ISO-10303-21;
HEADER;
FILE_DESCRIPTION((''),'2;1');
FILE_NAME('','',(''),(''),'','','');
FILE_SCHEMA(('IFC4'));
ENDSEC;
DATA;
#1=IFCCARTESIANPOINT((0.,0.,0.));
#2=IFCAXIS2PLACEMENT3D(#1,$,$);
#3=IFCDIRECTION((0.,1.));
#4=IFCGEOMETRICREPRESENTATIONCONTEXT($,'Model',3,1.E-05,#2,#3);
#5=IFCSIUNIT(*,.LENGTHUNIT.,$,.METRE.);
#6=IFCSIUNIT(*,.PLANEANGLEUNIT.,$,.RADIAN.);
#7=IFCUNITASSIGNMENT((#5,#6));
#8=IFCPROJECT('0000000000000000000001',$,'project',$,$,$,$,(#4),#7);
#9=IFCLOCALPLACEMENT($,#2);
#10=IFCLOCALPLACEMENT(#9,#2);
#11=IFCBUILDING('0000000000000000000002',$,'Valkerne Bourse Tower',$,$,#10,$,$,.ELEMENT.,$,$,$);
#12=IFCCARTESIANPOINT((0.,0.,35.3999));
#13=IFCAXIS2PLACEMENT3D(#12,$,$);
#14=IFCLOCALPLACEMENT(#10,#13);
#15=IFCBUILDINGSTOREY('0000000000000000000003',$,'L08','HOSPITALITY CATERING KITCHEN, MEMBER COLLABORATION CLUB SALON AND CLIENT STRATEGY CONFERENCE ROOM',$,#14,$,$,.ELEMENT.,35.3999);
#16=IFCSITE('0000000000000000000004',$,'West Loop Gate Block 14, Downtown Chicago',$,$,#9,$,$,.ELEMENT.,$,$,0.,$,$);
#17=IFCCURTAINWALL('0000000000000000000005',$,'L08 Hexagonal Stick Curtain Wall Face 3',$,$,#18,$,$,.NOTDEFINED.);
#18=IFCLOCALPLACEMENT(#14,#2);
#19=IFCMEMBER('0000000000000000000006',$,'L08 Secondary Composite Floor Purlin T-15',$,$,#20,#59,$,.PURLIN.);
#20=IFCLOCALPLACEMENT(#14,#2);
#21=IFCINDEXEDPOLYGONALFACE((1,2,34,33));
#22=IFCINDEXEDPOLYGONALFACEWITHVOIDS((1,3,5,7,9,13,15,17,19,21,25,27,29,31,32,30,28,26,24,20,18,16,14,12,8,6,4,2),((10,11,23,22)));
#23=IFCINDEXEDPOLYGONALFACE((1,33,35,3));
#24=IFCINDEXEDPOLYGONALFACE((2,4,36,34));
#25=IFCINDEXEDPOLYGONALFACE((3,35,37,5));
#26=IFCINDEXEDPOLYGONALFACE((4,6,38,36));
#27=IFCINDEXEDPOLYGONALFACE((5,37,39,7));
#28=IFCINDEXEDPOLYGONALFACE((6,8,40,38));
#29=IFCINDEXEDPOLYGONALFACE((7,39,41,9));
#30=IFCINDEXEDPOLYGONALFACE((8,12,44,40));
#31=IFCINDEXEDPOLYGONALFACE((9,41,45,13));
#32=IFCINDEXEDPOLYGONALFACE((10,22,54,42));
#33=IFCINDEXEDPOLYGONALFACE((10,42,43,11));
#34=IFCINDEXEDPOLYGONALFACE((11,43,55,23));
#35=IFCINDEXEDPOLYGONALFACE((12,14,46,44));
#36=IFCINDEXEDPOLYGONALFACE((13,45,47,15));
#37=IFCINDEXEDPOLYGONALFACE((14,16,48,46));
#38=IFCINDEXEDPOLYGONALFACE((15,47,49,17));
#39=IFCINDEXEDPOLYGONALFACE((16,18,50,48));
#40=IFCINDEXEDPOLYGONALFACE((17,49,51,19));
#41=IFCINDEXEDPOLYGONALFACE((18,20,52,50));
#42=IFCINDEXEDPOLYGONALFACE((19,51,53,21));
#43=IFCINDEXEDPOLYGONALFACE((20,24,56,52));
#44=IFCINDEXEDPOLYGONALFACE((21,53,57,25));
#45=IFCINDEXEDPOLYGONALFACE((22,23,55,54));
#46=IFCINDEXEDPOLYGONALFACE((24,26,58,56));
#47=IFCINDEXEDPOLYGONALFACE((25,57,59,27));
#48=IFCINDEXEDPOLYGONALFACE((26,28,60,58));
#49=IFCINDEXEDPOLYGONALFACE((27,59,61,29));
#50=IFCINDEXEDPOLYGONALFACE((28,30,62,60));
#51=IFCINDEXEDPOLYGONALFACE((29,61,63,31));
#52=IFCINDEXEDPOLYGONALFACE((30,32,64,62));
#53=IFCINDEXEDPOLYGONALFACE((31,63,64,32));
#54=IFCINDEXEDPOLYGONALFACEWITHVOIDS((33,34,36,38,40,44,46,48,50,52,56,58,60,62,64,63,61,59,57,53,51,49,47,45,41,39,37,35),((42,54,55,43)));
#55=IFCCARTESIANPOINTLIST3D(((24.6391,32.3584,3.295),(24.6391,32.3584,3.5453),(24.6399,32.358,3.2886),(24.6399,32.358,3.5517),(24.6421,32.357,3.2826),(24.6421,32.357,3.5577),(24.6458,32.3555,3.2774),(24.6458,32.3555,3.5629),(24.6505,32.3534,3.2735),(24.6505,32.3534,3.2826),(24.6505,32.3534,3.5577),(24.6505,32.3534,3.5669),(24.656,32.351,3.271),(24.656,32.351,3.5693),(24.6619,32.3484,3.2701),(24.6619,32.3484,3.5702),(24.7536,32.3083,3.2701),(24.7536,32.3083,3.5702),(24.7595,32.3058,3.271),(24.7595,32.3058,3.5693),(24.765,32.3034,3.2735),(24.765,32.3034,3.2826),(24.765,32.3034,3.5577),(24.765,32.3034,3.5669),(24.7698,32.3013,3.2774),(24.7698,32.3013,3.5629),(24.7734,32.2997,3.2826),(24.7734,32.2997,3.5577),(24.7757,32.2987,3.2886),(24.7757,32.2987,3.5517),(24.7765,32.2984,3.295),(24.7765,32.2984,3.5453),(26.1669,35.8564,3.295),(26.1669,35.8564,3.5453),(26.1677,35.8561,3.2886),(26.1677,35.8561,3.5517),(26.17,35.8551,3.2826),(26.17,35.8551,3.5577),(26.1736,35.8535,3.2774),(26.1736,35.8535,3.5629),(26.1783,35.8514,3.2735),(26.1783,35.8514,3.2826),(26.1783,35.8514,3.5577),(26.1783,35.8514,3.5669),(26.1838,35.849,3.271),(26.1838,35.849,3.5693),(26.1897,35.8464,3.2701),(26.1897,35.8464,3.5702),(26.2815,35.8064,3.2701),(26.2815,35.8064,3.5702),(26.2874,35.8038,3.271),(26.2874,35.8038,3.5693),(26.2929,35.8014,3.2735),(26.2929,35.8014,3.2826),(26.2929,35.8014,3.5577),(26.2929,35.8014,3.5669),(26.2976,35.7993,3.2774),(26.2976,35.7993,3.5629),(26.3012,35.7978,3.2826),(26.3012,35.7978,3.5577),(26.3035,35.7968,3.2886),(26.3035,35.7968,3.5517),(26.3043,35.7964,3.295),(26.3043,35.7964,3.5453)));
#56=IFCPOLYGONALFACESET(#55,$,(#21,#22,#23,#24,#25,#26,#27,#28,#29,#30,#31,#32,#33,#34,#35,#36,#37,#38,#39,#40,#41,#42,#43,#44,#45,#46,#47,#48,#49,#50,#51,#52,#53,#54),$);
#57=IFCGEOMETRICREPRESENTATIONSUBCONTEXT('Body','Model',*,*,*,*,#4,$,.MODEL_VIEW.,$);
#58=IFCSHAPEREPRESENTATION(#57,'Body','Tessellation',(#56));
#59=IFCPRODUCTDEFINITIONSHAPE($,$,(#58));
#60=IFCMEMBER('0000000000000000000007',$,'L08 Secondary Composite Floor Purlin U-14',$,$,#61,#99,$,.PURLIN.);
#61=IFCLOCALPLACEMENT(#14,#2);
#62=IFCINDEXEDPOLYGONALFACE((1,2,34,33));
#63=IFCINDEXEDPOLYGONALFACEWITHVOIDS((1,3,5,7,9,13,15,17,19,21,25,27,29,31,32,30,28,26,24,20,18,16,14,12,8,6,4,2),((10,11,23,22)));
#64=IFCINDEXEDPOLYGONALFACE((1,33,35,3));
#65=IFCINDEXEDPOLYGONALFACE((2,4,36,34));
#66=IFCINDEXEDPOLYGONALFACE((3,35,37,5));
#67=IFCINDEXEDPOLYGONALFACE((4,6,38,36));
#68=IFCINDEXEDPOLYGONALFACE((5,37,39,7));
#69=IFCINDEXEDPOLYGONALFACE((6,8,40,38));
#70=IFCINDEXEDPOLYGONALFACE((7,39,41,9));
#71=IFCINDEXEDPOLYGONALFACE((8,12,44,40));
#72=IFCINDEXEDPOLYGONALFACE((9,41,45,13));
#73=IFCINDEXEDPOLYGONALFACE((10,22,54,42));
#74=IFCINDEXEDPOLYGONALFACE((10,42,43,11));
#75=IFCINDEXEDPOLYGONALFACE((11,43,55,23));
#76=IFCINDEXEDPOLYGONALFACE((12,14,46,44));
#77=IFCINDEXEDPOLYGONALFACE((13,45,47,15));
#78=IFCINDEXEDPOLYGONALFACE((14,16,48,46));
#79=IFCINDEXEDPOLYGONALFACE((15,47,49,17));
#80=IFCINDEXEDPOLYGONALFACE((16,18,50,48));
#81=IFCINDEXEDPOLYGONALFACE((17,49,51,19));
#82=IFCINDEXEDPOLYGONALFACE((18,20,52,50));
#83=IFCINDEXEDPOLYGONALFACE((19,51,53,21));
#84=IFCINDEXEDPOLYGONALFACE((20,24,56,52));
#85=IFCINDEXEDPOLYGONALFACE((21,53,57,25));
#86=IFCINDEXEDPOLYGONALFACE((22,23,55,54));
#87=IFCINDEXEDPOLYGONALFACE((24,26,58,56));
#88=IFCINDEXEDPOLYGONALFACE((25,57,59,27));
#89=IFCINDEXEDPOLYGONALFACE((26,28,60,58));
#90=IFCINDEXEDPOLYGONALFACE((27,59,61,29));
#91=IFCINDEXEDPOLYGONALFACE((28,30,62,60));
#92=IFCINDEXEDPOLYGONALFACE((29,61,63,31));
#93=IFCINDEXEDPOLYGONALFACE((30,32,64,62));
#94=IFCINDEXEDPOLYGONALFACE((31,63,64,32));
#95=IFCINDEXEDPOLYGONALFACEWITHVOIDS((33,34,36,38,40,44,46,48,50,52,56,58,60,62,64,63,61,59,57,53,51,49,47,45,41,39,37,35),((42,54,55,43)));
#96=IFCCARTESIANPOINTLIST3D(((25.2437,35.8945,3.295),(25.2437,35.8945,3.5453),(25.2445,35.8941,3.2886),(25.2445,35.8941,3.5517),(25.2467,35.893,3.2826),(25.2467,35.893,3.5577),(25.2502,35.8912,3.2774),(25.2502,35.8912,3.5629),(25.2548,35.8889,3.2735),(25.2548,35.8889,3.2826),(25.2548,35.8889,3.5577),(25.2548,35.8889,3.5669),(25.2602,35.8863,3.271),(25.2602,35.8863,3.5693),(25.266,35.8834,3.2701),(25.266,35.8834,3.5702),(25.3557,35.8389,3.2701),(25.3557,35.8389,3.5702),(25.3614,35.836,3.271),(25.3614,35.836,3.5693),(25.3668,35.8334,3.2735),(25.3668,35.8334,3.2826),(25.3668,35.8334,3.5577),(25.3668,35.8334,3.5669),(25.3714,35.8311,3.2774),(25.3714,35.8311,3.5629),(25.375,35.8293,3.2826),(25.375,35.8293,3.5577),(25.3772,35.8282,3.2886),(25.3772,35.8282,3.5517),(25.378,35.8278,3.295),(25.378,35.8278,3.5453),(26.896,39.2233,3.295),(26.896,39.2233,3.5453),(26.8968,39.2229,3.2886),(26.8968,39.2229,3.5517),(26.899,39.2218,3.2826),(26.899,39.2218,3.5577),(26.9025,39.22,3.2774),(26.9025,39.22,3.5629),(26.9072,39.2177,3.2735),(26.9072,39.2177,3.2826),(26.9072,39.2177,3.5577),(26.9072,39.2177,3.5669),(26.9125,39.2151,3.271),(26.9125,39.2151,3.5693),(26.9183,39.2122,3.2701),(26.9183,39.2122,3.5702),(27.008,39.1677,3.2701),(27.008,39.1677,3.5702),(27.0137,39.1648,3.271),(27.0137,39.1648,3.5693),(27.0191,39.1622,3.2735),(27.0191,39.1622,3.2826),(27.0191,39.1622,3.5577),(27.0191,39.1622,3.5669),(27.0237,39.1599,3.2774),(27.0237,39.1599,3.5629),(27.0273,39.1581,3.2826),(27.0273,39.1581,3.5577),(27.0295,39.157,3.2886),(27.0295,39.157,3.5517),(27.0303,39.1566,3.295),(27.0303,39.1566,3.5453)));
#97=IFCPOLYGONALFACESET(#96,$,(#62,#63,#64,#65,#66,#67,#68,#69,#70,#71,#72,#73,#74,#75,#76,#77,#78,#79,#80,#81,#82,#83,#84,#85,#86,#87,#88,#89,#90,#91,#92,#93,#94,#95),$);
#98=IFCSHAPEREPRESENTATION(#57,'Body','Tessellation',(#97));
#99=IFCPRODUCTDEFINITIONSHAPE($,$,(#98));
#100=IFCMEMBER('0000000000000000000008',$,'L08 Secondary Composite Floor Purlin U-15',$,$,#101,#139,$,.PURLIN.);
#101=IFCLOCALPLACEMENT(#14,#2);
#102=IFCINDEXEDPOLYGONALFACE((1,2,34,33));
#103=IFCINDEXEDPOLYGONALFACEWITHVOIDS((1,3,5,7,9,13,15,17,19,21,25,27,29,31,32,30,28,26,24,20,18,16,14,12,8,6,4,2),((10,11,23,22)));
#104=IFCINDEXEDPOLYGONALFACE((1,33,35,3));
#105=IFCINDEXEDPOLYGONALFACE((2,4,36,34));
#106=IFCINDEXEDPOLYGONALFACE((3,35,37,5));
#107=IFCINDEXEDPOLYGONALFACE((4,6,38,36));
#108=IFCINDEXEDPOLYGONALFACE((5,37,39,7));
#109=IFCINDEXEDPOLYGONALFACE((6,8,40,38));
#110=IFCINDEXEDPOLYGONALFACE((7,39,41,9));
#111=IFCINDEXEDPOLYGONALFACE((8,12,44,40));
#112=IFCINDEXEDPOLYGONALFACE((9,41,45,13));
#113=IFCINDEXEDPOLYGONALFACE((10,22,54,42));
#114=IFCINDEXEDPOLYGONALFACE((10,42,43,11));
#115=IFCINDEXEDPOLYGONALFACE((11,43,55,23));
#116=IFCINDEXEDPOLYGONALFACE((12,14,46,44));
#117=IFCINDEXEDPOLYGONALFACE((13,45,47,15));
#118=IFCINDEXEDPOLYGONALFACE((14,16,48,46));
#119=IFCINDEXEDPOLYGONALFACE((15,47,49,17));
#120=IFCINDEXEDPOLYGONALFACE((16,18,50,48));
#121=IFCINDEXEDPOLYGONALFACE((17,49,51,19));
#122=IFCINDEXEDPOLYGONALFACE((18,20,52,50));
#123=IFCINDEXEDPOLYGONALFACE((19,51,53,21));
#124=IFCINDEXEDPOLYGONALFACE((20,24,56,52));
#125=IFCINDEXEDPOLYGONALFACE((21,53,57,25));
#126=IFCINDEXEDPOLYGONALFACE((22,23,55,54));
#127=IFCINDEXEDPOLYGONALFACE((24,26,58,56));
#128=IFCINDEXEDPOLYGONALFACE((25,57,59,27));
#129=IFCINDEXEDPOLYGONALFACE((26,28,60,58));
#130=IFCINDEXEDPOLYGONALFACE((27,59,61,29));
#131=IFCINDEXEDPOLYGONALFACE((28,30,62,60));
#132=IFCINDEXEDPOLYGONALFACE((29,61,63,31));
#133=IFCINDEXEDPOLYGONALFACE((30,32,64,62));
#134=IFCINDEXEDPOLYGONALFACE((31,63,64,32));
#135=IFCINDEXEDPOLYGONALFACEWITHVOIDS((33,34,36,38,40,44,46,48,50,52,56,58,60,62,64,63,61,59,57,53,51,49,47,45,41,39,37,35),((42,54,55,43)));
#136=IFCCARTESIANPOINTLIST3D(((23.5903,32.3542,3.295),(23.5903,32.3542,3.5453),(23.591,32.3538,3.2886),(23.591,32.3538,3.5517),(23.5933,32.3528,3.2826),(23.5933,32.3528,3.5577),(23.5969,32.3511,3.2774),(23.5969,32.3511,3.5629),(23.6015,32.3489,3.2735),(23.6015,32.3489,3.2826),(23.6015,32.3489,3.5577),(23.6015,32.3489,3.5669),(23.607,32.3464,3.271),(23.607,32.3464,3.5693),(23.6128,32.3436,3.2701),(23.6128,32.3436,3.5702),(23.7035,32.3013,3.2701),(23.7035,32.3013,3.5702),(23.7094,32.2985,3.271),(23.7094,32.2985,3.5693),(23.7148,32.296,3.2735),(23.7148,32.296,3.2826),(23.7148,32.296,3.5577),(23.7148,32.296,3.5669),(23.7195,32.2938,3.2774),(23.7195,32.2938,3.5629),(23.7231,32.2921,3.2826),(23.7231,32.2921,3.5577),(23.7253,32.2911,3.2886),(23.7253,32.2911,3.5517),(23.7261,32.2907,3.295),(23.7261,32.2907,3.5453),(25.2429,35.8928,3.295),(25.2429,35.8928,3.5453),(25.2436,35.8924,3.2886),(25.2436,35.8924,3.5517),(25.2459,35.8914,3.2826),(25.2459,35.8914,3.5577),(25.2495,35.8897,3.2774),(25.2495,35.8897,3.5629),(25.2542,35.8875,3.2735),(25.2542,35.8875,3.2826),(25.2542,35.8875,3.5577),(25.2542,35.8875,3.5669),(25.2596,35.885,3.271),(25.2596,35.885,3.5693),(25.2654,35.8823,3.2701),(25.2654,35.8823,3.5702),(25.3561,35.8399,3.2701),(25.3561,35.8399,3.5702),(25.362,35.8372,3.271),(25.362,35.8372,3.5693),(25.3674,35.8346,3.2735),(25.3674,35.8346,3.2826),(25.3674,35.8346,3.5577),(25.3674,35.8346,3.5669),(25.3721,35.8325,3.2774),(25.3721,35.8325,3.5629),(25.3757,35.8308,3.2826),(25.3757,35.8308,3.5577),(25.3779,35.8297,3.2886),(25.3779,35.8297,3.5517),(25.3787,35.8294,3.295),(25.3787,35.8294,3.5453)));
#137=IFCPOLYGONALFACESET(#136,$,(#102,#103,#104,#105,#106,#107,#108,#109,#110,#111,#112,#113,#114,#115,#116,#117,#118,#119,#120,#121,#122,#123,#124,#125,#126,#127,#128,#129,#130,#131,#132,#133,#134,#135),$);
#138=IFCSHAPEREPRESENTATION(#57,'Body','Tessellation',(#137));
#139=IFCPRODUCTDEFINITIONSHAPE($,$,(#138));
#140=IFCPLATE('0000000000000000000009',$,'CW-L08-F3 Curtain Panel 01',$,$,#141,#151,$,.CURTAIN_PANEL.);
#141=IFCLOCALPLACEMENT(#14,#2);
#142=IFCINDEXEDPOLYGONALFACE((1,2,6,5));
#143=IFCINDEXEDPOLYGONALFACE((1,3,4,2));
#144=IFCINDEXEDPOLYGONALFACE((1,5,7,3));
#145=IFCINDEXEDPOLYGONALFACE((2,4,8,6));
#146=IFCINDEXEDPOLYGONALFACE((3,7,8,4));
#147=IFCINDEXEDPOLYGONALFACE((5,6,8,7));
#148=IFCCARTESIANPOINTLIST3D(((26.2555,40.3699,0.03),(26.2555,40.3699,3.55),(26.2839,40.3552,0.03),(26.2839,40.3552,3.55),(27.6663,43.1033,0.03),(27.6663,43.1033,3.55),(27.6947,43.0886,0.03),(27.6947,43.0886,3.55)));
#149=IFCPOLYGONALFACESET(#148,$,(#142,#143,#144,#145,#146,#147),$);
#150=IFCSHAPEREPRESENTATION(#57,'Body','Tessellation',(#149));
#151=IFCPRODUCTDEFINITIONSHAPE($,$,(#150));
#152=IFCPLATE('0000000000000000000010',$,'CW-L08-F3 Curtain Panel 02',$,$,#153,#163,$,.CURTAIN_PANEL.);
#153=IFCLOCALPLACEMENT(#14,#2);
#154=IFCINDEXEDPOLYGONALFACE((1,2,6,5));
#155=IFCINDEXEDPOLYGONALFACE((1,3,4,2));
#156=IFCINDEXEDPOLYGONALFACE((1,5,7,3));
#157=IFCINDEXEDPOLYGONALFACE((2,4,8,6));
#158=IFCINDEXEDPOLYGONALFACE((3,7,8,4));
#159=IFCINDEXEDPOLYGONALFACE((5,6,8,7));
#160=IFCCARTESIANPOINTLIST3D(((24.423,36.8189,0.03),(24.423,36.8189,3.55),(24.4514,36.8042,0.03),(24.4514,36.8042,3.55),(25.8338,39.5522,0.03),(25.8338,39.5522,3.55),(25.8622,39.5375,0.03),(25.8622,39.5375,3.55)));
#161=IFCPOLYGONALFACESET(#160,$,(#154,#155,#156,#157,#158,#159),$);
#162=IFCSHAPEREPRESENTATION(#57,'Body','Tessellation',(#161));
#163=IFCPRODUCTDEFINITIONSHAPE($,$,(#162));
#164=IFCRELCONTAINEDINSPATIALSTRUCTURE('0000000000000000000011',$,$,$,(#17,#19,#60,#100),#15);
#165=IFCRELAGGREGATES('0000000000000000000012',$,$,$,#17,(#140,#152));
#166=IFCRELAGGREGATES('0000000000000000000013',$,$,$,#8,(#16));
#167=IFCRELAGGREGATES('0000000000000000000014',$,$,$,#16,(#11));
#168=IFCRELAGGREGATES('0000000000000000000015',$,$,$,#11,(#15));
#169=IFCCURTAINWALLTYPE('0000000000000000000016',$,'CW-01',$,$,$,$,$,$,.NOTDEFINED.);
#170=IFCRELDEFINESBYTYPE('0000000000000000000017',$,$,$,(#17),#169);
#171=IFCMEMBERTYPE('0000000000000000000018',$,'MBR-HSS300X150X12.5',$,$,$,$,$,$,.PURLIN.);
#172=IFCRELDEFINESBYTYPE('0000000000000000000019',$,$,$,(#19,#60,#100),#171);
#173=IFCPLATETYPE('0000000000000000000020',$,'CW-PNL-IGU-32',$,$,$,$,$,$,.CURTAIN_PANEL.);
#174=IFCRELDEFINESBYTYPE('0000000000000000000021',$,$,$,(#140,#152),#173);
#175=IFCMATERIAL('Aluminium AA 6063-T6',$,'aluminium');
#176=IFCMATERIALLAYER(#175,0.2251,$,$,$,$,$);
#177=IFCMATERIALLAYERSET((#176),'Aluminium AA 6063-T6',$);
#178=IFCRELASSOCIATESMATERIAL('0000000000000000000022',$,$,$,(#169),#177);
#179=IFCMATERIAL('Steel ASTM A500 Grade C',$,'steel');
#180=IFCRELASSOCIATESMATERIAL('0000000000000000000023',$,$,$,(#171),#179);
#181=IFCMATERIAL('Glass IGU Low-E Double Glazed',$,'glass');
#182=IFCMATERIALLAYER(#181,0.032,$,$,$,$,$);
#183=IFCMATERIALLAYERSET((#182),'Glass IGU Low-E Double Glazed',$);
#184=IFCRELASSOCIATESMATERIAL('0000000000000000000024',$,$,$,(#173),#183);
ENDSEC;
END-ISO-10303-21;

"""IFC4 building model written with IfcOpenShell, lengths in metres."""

from ifc_helpers import new_model, si_unit, direction, frame, origin, origin_2d, place, context, subcontext, project, spatial, rectangle, hollow_rectangle, extrude, material, layer, layer_set, material_profile, profile_set, type_object, element, aggregate, save


model = new_model("IFC4")

# Units and contexts
model_context = context("Model", 3, precision=1e-05, world=origin(), true_north=direction((0.0, 1.0)))
body_context = subcontext(model_context, "Body", "Model", "MODEL_VIEW")
ifc_project = project(units=[si_unit("LENGTHUNIT", "METRE"), si_unit("PLANEANGLEUNIT", "RADIAN")], contexts=[model_context])

# Site, building, storey
site_placement = place(None, origin())
site = spatial("IfcSite", under=ifc_project, at=site_placement, Name="West Loop Gate Block 14, Downtown Chicago", CompositionType="ELEMENT", RefElevation=0.0)
building_placement = place(site_placement, origin())
building = spatial("IfcBuilding", under=site, at=building_placement, Name="Valkerne Bourse Tower", CompositionType="ELEMENT")
storey_placement = place(building_placement, frame((0.0, 0.0, 35.3999)))
storey = spatial("IfcBuildingStorey", under=building, at=storey_placement, Name="L08", Description="HOSPITALITY CATERING KITCHEN, MEMBER COLLABORATION CLUB SALON AND CLIENT STRATEGY CONFERENCE ROOM", CompositionType="ELEMENT", Elevation=35.3999)

# Curtain wall
ifc_material_1 = material(Name="Aluminium AA 6063-T6", Category="aluminium")
ifc_layer_1 = layer(ifc_material_1, 0.2251)
ifc_layer_set_1 = layer_set([ifc_layer_1], Name="Aluminium AA 6063-T6")
curtain_wall_type = type_object("IfcCurtainWallType", Name="CW-01", PredefinedType="NOTDEFINED", material=ifc_layer_set_1)
curtain_wall_placement = place(storey_placement, origin())
curtain_wall = element("IfcCurtainWall", 1, at=curtain_wall_placement, inside=storey, type_object=curtain_wall_type, Name="L08 Hexagonal Stick Curtain Wall Face 3", PredefinedType="NOTDEFINED")

# Members
ifc_material_2 = material(Name="Steel ASTM A500 Grade C", Category="steel")
ifc_material_profile_1 = material_profile(ifc_material_2, hollow_rectangle(XDim=0.1499, YDim=0.3, WallThickness=0.0125, OuterFilletRadius=0.0249, at=origin_2d()), Name="HSS300X150X12.5")
ifc_profile_set_1 = profile_set([ifc_material_profile_1], Name="Steel ASTM A500 Grade C")
member_type_1 = type_object("IfcMemberType", Name="MBR-HSS300X150X12.5", PredefinedType="PURLIN", material=ifc_profile_set_1)
member_1_placement = place(storey_placement, frame((26.2356, 35.8264, 3.4202), z_axis=(-0.400255, -0.916404, 0.0), x_axis=(0.916404, -0.400255, 0.0)))
element("IfcMember", 2, at=member_1_placement, inside=storey, type_object=member_type_1, Name="L08 Secondary Composite Floor Purlin T-15", PredefinedType="PURLIN", context=body_context, shape_type="SweptSolid", body=[
    extrude(hollow_rectangle(XDim=0.1499, YDim=0.3, WallThickness=0.0125, OuterFilletRadius=0.0249, at=origin_2d()), origin(), (0.0, 0.0, 1.0), 3.8171),
])
member_2_placement = place(storey_placement, frame((26.9631, 39.1899, 3.4202), z_axis=(-0.44461, -0.895724, 0.0), x_axis=(0.895724, -0.44461, 0.0)))
element("IfcMember", 3, at=member_2_placement, inside=storey, type_object=member_type_1, Name="L08 Secondary Composite Floor Purlin U-14", PredefinedType="PURLIN", context=body_context, shape_type="SweptSolid", body=[
    extrude(hollow_rectangle(XDim=0.1499, YDim=0.3, WallThickness=0.0125, OuterFilletRadius=0.0249, at=origin_2d()), origin(), (0.0, 0.0, 1.0), 3.7163),
])
member_3_placement = place(storey_placement, frame((25.3108, 35.8611, 3.4202), z_axis=(-0.423149, -0.90606, 0.0), x_axis=(0.90606, -0.423149, 0.0)))
element("IfcMember", 4, at=member_3_placement, inside=storey, type_object=member_type_1, Name="L08 Secondary Composite Floor Purlin U-15", PredefinedType="PURLIN", context=body_context, shape_type="SweptSolid", body=[
    extrude(hollow_rectangle(XDim=0.1499, YDim=0.3, WallThickness=0.0125, OuterFilletRadius=0.0249, at=origin_2d()), origin(), (0.0, 0.0, 1.0), 3.9055),
])

# Plates
ifc_material_3 = material(Name="Glass IGU Low-E Double Glazed", Category="glass")
ifc_layer_2 = layer(ifc_material_3, 0.032)
ifc_layer_set_2 = layer_set([ifc_layer_2], Name="Glass IGU Low-E Double Glazed")
plate_type = type_object("IfcPlateType", Name="CW-PNL-IGU-32", PredefinedType="CURTAIN_PANEL", material=ifc_layer_set_2)
plate_1_placement = place(storey_placement, frame((26.9751, 41.7292, 0.03), z_axis=(0.0, 0.0, 1.0), x_axis=(-0.458638, -0.888623, 0.0)))
plate_1 = element("IfcPlate", 5, at=plate_1_placement, type_object=plate_type, Name="CW-L08-F3 Curtain Panel 01", PredefinedType="CURTAIN_PANEL", context=body_context, shape_type="SweptSolid", body=[
    extrude(rectangle(XDim=3.0759, YDim=0.032, at=origin_2d()), origin(), (0.0, 0.0, 1.0), 3.52),
])
plate_2_placement = place(storey_placement, frame((25.1426, 38.1782, 0.03), z_axis=(0.0, 0.0, 1.0), x_axis=(-0.458658, -0.888613, 0.0)))
plate_2 = element("IfcPlate", 6, at=plate_2_placement, type_object=plate_type, Name="CW-L08-F3 Curtain Panel 02", PredefinedType="CURTAIN_PANEL", context=body_context, shape_type="SweptSolid", body=[
    extrude(rectangle(XDim=3.0759, YDim=0.032, at=origin_2d()), origin(), (0.0, 0.0, 1.0), 3.52),
])
aggregate(curtain_wall, [plate_1, plate_2])

save(model, "model.ifc")
